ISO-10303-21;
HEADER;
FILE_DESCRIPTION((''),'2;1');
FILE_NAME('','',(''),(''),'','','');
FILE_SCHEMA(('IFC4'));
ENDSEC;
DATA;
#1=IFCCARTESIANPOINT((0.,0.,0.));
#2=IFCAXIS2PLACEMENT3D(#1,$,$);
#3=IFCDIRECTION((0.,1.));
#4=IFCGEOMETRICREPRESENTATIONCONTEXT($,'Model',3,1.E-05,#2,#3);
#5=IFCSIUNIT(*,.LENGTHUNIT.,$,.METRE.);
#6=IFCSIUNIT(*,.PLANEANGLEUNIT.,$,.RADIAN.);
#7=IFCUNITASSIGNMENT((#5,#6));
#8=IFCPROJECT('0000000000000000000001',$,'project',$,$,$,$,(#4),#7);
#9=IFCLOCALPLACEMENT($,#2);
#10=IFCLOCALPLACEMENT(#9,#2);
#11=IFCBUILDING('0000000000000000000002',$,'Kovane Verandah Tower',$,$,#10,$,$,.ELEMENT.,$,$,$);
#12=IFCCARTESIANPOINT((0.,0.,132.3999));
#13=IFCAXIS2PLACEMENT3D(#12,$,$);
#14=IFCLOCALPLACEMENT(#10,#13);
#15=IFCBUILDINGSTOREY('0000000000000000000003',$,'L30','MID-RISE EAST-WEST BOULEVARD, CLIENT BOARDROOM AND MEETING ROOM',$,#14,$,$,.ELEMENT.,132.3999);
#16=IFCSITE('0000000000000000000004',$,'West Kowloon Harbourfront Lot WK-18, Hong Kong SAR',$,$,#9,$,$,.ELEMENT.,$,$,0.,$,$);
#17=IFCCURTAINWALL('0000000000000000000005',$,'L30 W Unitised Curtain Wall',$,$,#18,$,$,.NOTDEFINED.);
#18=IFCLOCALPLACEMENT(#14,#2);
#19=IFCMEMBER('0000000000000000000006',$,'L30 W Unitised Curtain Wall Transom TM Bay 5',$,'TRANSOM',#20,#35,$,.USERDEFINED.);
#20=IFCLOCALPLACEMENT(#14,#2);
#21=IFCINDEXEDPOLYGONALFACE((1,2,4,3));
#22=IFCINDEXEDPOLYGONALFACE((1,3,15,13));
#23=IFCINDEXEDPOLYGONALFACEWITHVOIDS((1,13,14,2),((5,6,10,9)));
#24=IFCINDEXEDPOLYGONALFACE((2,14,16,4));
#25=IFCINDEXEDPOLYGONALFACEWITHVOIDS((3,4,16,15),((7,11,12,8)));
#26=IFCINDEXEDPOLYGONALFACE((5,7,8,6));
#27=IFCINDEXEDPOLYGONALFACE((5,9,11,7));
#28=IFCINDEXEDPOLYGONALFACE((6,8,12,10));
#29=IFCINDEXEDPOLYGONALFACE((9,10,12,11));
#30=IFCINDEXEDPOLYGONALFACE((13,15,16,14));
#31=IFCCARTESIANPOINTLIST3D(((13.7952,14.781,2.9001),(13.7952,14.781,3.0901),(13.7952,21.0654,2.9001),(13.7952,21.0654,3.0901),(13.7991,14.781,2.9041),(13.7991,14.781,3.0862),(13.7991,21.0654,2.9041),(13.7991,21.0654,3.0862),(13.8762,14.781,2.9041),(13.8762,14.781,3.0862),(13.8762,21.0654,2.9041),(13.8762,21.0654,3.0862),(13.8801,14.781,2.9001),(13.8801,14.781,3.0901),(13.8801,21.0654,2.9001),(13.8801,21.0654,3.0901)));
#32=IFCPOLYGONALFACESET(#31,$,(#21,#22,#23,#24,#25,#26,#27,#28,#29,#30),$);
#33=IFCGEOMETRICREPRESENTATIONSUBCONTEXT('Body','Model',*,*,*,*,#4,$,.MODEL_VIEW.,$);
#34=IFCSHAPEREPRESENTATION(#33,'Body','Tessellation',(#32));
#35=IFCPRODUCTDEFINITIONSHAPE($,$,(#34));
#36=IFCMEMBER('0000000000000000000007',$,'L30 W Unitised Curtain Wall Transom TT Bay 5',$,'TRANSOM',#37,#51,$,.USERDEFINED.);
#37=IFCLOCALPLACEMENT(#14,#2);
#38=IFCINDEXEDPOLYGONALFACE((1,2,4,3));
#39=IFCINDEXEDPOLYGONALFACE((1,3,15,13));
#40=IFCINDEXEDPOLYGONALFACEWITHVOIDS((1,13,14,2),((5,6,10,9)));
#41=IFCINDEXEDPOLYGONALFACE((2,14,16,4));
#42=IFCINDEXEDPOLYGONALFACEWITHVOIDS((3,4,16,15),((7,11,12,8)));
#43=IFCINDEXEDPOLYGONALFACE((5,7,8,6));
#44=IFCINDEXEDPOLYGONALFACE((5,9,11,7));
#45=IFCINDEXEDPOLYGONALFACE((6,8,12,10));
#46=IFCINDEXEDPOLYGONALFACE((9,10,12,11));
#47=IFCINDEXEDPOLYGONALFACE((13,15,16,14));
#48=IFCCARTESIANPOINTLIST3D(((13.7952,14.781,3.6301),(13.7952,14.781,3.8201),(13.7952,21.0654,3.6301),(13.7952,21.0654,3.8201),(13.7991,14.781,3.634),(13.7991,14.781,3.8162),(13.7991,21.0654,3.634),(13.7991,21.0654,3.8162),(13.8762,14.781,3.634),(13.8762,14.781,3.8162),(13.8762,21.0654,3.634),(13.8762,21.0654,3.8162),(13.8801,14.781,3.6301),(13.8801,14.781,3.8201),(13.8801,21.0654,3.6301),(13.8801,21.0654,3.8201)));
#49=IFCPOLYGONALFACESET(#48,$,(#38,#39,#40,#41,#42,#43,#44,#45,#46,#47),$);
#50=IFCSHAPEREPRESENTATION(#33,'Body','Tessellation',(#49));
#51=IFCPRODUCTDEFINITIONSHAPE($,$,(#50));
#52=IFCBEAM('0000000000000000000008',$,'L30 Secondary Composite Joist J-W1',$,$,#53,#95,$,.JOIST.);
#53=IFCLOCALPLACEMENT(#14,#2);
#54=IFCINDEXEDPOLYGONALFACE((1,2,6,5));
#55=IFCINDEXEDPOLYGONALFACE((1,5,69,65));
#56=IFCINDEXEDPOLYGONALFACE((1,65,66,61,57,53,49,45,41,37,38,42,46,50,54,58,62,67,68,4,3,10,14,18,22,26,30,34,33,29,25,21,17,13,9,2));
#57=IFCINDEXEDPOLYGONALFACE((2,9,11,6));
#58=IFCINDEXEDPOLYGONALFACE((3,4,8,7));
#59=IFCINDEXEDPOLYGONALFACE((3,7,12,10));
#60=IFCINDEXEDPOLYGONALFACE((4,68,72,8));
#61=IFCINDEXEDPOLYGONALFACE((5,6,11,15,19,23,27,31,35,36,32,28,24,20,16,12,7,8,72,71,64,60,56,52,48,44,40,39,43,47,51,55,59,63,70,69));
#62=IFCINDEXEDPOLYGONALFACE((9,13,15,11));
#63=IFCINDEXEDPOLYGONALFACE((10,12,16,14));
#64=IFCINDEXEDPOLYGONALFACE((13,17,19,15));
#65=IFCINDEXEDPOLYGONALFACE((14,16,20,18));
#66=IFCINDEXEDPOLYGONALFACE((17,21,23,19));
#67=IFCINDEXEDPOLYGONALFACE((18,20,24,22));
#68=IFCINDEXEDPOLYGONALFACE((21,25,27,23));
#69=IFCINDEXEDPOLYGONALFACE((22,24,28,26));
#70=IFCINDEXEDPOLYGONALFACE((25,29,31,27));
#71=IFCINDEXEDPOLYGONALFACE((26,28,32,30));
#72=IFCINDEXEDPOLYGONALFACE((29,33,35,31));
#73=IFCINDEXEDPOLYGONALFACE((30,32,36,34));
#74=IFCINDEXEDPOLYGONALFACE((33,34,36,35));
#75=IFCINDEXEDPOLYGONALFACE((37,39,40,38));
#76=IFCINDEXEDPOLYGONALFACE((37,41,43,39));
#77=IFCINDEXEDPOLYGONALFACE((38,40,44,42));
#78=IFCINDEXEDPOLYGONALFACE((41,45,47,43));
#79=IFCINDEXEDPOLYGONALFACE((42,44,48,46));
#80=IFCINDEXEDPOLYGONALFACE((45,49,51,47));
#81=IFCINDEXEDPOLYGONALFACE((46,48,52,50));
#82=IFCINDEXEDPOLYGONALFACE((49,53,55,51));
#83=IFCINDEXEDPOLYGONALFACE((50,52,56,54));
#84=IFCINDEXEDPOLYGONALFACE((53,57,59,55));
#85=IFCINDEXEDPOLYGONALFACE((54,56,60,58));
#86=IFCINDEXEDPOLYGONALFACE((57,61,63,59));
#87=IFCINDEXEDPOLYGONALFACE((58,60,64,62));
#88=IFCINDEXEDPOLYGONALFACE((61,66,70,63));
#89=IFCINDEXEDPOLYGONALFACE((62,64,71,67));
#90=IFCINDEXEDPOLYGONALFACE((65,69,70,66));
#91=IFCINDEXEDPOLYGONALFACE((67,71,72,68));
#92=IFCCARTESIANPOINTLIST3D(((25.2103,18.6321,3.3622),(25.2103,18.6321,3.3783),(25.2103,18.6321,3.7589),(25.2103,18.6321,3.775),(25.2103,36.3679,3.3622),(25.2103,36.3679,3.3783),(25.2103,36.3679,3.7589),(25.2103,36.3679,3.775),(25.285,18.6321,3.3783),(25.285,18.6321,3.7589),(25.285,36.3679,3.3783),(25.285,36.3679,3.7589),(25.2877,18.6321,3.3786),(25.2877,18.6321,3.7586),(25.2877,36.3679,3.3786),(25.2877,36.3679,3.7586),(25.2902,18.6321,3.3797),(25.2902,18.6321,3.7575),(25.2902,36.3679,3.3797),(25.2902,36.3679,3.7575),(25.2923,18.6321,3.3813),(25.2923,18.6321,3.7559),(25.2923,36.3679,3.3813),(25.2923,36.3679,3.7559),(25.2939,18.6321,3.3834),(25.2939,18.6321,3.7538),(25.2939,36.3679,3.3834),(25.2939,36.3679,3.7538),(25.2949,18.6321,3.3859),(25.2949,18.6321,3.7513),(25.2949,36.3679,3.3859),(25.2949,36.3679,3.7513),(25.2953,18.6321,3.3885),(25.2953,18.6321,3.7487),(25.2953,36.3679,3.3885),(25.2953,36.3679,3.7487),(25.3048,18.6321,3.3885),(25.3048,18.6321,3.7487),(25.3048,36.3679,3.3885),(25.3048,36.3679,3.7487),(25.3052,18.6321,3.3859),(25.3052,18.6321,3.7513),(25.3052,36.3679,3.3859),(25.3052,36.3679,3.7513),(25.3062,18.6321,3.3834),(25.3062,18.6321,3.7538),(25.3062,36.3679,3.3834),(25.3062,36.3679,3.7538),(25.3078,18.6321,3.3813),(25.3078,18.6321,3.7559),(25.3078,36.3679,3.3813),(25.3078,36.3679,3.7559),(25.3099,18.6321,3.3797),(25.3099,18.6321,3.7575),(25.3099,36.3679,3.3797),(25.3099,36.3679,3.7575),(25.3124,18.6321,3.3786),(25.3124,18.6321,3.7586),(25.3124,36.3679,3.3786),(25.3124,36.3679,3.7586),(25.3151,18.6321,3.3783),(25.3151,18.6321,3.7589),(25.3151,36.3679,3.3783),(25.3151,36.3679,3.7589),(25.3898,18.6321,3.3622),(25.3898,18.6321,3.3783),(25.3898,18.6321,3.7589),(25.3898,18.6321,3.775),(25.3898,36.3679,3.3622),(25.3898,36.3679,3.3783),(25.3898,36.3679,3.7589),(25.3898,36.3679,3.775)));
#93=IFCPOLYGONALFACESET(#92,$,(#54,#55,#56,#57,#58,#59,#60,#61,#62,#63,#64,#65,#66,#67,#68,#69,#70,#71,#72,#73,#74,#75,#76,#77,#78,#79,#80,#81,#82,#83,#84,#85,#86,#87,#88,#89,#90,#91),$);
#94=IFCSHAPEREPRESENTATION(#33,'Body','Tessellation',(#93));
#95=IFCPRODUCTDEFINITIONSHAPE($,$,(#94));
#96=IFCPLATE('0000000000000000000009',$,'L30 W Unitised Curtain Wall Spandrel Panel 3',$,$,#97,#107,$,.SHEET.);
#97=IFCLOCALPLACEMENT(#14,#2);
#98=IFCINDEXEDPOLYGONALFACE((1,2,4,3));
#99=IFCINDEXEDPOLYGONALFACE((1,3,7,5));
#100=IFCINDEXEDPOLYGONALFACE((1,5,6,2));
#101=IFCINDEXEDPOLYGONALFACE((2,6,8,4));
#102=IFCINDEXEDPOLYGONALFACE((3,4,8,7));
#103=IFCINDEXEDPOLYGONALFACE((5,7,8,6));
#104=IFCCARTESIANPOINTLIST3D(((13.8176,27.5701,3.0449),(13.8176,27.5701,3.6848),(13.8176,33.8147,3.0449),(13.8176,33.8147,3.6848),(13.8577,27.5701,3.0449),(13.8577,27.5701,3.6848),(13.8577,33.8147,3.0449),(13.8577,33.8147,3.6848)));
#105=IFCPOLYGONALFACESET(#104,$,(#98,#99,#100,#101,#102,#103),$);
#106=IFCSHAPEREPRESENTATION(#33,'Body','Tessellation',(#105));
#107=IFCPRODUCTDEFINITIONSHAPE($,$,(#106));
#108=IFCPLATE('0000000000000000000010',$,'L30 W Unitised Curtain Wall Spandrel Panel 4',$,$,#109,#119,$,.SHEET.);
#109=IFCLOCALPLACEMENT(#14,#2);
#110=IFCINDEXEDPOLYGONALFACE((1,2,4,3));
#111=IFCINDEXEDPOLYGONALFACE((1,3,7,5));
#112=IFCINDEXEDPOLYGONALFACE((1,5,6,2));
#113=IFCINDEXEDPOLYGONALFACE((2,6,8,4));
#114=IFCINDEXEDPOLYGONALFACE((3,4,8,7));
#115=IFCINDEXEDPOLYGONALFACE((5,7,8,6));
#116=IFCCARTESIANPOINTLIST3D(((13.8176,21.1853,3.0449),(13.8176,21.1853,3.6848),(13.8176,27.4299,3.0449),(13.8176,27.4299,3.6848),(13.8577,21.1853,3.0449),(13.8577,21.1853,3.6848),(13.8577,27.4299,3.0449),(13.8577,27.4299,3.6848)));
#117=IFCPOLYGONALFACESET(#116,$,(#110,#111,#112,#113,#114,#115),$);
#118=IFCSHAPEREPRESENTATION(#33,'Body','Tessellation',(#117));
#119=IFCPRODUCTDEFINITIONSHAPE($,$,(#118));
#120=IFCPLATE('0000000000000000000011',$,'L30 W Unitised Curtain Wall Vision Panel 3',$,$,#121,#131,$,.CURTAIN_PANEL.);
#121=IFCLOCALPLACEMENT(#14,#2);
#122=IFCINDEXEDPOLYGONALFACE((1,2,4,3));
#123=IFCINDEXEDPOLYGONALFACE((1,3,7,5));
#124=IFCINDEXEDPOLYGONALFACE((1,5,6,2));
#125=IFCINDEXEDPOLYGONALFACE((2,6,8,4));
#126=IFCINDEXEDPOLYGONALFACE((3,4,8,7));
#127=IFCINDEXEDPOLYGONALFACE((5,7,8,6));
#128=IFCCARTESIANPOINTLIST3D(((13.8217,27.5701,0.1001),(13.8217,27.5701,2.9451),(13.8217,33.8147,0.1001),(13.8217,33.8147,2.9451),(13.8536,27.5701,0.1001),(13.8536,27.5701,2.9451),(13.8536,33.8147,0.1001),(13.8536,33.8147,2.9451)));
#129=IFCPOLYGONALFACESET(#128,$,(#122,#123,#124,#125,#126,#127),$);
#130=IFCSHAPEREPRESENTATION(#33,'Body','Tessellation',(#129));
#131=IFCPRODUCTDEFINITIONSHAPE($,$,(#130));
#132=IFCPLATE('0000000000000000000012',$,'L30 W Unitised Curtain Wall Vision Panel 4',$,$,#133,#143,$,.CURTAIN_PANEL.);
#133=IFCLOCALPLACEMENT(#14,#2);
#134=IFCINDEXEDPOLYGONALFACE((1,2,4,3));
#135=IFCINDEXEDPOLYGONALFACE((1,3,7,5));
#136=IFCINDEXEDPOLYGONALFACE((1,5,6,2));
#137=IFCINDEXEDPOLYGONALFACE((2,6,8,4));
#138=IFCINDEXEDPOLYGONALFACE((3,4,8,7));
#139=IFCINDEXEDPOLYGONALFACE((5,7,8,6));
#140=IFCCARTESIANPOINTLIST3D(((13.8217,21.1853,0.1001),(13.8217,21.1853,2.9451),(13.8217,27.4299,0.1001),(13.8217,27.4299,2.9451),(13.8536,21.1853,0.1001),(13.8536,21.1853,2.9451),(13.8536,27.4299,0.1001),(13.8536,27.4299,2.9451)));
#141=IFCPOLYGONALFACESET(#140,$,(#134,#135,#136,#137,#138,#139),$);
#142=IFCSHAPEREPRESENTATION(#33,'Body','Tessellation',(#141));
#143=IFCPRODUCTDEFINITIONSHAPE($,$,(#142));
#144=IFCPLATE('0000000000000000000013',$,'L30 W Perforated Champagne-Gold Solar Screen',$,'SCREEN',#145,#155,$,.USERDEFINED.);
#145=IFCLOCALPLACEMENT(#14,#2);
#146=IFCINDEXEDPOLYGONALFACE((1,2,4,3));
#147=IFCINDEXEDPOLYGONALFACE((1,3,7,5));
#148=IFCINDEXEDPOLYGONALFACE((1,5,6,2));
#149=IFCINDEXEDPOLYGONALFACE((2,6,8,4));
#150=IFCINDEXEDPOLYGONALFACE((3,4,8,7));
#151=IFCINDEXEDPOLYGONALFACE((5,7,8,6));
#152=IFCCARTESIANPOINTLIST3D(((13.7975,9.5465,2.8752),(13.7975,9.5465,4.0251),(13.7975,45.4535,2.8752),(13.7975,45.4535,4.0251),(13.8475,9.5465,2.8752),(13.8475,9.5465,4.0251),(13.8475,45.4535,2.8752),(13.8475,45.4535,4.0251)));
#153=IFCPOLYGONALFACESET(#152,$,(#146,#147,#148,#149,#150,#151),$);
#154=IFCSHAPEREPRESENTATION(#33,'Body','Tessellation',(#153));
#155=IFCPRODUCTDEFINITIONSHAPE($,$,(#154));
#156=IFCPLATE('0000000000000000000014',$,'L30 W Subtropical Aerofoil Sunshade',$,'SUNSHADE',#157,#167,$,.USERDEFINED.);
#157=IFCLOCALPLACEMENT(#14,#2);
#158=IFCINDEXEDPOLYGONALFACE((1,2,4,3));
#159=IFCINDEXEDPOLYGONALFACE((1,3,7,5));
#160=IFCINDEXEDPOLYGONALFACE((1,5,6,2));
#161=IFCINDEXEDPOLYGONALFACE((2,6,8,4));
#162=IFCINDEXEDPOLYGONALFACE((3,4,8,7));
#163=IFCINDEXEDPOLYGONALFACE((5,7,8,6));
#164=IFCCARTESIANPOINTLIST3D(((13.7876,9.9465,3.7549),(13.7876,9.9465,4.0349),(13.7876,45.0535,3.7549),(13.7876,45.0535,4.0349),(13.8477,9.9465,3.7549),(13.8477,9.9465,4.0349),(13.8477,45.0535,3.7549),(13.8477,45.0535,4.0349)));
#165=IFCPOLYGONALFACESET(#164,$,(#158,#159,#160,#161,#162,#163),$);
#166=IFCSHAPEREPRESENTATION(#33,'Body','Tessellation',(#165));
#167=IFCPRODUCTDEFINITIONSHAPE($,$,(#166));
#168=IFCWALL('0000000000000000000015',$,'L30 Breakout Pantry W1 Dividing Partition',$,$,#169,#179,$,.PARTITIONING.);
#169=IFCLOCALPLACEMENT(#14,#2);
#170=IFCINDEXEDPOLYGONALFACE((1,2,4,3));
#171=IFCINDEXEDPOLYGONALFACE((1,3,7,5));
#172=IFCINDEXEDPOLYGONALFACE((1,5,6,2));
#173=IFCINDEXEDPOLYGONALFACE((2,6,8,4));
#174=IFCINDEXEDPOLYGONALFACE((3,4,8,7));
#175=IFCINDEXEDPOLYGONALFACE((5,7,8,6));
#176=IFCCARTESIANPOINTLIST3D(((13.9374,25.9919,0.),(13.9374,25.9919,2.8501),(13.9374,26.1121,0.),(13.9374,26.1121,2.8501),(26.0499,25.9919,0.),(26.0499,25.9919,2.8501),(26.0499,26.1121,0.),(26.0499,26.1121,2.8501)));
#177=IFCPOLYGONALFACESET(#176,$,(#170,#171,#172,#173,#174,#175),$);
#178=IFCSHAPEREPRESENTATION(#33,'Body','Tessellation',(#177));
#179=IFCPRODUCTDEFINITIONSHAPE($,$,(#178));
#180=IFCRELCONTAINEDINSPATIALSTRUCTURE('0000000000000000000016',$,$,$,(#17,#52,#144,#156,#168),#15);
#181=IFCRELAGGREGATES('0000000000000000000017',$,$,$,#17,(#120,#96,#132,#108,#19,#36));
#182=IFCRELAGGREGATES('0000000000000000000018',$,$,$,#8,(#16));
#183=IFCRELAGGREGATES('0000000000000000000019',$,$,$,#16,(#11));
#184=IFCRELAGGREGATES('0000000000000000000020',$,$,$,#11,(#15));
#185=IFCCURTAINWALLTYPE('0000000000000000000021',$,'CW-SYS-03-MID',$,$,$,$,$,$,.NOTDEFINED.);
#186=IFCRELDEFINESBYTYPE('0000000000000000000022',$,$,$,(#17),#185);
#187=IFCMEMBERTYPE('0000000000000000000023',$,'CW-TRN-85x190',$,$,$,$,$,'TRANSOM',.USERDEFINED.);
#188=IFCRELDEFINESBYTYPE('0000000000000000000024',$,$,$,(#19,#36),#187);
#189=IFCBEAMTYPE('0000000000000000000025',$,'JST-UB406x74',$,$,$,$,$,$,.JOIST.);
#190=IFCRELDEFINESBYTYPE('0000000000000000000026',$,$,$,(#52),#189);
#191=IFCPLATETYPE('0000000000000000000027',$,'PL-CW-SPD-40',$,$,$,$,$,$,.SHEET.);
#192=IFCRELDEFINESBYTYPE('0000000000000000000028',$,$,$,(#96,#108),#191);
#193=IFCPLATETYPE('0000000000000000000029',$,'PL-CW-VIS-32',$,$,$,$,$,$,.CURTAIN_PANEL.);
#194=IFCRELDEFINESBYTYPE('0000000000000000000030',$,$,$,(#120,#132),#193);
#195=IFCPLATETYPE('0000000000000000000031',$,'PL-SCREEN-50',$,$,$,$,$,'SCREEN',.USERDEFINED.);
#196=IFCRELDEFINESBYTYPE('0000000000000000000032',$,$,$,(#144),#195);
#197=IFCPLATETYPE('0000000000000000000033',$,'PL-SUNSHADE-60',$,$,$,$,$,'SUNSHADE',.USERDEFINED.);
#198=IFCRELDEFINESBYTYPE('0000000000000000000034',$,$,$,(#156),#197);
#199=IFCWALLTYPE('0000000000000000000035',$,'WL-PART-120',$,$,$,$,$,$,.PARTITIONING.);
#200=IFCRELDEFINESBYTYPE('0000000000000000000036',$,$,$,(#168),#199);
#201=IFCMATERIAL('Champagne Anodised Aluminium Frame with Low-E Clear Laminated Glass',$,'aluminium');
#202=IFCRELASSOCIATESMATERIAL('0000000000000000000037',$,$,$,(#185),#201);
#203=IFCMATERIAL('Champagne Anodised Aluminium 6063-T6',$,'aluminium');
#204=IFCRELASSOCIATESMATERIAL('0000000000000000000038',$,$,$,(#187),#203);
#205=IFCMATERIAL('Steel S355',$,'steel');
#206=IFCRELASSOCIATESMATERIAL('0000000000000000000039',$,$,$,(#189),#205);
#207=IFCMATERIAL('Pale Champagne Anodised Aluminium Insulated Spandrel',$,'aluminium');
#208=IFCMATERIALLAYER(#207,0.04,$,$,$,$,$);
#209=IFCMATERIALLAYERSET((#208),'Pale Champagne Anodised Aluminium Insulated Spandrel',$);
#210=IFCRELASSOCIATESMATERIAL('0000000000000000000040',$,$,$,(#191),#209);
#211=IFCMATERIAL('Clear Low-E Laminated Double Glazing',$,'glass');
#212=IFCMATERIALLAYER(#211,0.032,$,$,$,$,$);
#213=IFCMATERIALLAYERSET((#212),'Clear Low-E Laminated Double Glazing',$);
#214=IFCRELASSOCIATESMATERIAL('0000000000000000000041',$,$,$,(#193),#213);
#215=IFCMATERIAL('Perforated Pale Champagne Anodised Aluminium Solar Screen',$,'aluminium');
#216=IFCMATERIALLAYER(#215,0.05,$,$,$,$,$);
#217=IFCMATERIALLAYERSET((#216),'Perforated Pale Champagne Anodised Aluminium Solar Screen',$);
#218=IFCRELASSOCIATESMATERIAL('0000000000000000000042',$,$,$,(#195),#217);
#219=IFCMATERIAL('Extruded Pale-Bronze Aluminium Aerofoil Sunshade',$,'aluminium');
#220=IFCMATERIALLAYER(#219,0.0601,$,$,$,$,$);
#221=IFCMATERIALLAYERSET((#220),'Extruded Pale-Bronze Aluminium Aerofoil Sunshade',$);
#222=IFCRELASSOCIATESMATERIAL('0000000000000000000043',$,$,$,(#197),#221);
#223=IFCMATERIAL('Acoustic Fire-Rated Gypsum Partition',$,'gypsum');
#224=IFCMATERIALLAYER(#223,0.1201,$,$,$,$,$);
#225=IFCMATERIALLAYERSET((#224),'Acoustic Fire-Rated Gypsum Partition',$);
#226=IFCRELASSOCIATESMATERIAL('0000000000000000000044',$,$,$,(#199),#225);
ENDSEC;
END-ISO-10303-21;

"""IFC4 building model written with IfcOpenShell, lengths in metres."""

from ifc_helpers import new_model, si_unit, direction, frame, frame_2d, origin, origin_2d, place, context, subcontext, project, spatial, rectangle, hollow_rectangle, i_section, extrude, material, layer, layer_set, material_profile, profile_set, type_object, element, aggregate, save


model = new_model("IFC4")

# Units and contexts
model_context = context("Model", 3, precision=1e-05, world=origin(), true_north=direction((0.0, 1.0)))
body_context = subcontext(model_context, "Body", "Model", "MODEL_VIEW")
ifc_project = project(units=[si_unit("LENGTHUNIT", "METRE"), si_unit("PLANEANGLEUNIT", "RADIAN")], contexts=[model_context])

# Site, building, storey
site_placement = place(None, origin())
site = spatial("IfcSite", under=ifc_project, at=site_placement, Name="West Kowloon Harbourfront Lot WK-18, Hong Kong SAR", CompositionType="ELEMENT", RefElevation=0.0)
building_placement = place(site_placement, origin())
building = spatial("IfcBuilding", under=site, at=building_placement, Name="Kovane Verandah Tower", CompositionType="ELEMENT")
storey_placement = place(building_placement, frame((0.0, 0.0, 132.3999)))
storey = spatial("IfcBuildingStorey", under=building, at=storey_placement, Name="L30", Description="MID-RISE EAST-WEST BOULEVARD, CLIENT BOARDROOM AND MEETING ROOM", CompositionType="ELEMENT", Elevation=132.3999)

# Shared definitions
ifc_material_1 = material(Name="Steel S355", Category="steel")

# Curtain wall, members
ifc_material_2 = material(Name="Champagne Anodised Aluminium Frame with Low-E Clear Laminated Glass", Category="aluminium")
curtain_wall_type = type_object("IfcCurtainWallType", Name="CW-SYS-03-MID", PredefinedType="NOTDEFINED", material=ifc_material_2)
curtain_wall_placement = place(storey_placement, origin())
curtain_wall = element("IfcCurtainWall", 1, at=curtain_wall_placement, inside=storey, type_object=curtain_wall_type, Name="L30 W Unitised Curtain Wall", PredefinedType="NOTDEFINED")
ifc_material_3 = material(Name="Champagne Anodised Aluminium 6063-T6", Category="aluminium")
ifc_material_profile_1 = material_profile(ifc_material_3, hollow_rectangle(XDim=0.085, YDim=0.1899, WallThickness=0.0039, at=origin_2d()), Name="AL85x190x4")
ifc_profile_set_1 = profile_set([ifc_material_profile_1], Name="Champagne Anodised Aluminium 6063-T6")
member_type_1 = type_object("IfcMemberType", Name="CW-TRN-85x190", ElementType="TRANSOM", PredefinedType="USERDEFINED", material=ifc_profile_set_1)
member_1_placement = place(storey_placement, frame((13.8376, 21.0654, 2.9951), z_axis=(0.0, -1.0, 0.0), x_axis=(1.0, 0.0, 0.0)))
member_1 = element("IfcMember", 2, at=member_1_placement, type_object=member_type_1, Name="L30 W Unitised Curtain Wall Transom TM Bay 5", ObjectType="TRANSOM", PredefinedType="USERDEFINED", context=body_context, shape_type="SweptSolid", body=[
    extrude(hollow_rectangle(XDim=0.085, YDim=0.1899, WallThickness=0.0039, at=origin_2d()), origin(), (0.0, 0.0, 1.0), 6.2844),
])
member_2_placement = place(storey_placement, frame((13.8376, 21.0654, 3.7251), z_axis=(0.0, -1.0, 0.0), x_axis=(1.0, 0.0, 0.0)))
member_2 = element("IfcMember", 3, at=member_2_placement, type_object=member_type_1, Name="L30 W Unitised Curtain Wall Transom TT Bay 5", ObjectType="TRANSOM", PredefinedType="USERDEFINED", context=body_context, shape_type="SweptSolid", body=[
    extrude(hollow_rectangle(XDim=0.085, YDim=0.1899, WallThickness=0.0039, at=origin_2d()), origin(), (0.0, 0.0, 1.0), 6.2844),
])

# Beam
ifc_material_profile_2 = material_profile(ifc_material_1, i_section(OverallWidth=0.1794, OverallDepth=0.4128, WebThickness=0.0095, FlangeThickness=0.0161, FilletRadius=0.0103, at=origin_2d()), Name="UB406x178x74")
ifc_profile_set_2 = profile_set([ifc_material_profile_2], Name="Steel S355")
beam_type_1 = type_object("IfcBeamType", Name="JST-UB406x74", PredefinedType="JOIST", material=ifc_profile_set_2)
beam_1_placement = place(storey_placement, frame((25.3, 18.6321, 3.5686), z_axis=(0.0, 1.0, 0.0), x_axis=(-1.0, 0.0, 0.0)))
element("IfcBeam", 4, at=beam_1_placement, inside=storey, type_object=beam_type_1, Name="L30 Secondary Composite Joist J-W1", PredefinedType="JOIST", context=body_context, shape_type="SweptSolid", body=[
    extrude(i_section(OverallWidth=0.1794, OverallDepth=0.4128, WebThickness=0.0095, FlangeThickness=0.0161, FilletRadius=0.0103, at=origin_2d()), origin(), (0.0, 0.0, 1.0), 17.7358),
])

# Plates
ifc_material_4 = material(Name="Pale Champagne Anodised Aluminium Insulated Spandrel", Category="aluminium")
ifc_layer_1 = layer(ifc_material_4, 0.04)
ifc_layer_set_1 = layer_set([ifc_layer_1], Name="Pale Champagne Anodised Aluminium Insulated Spandrel")
plate_type_1 = type_object("IfcPlateType", Name="PL-CW-SPD-40", PredefinedType="SHEET", material=ifc_layer_set_1)
plate_1_placement = place(storey_placement, frame((13.8376, 30.6924, 3.0449), z_axis=(0.0, 0.0, 1.0), x_axis=(0.0, -1.0, 0.0)))
plate_1 = element("IfcPlate", 5, at=plate_1_placement, type_object=plate_type_1, Name="L30 W Unitised Curtain Wall Spandrel Panel 3", PredefinedType="SHEET", context=body_context, shape_type="SweptSolid", body=[
    extrude(rectangle(XDim=6.2446, YDim=0.04, at=origin_2d()), origin(), (0.0, 0.0, 1.0), 0.6399),
])
plate_2_placement = place(storey_placement, frame((13.8376, 24.3076, 3.0449), z_axis=(0.0, 0.0, 1.0), x_axis=(0.0, -1.0, 0.0)))
plate_2 = element("IfcPlate", 6, at=plate_2_placement, type_object=plate_type_1, Name="L30 W Unitised Curtain Wall Spandrel Panel 4", PredefinedType="SHEET", context=body_context, shape_type="SweptSolid", body=[
    extrude(rectangle(XDim=6.2446, YDim=0.04, at=origin_2d()), origin(), (0.0, 0.0, 1.0), 0.6399),
])
ifc_material_5 = material(Name="Clear Low-E Laminated Double Glazing", Category="glass")
ifc_layer_2 = layer(ifc_material_5, 0.032)
ifc_layer_set_2 = layer_set([ifc_layer_2], Name="Clear Low-E Laminated Double Glazing")
plate_type_2 = type_object("IfcPlateType", Name="PL-CW-VIS-32", PredefinedType="CURTAIN_PANEL", material=ifc_layer_set_2)
plate_3_placement = place(storey_placement, frame((13.8376, 30.6924, 0.1001), z_axis=(0.0, 0.0, 1.0), x_axis=(0.0, -1.0, 0.0)))
plate_3 = element("IfcPlate", 7, at=plate_3_placement, type_object=plate_type_2, Name="L30 W Unitised Curtain Wall Vision Panel 3", PredefinedType="CURTAIN_PANEL", context=body_context, shape_type="SweptSolid", body=[
    extrude(rectangle(XDim=6.2446, YDim=0.032, at=origin_2d()), origin(), (0.0, 0.0, 1.0), 2.845),
])
plate_4_placement = place(storey_placement, frame((13.8376, 24.3076, 0.1001), z_axis=(0.0, 0.0, 1.0), x_axis=(0.0, -1.0, 0.0)))
plate_4 = element("IfcPlate", 8, at=plate_4_placement, type_object=plate_type_2, Name="L30 W Unitised Curtain Wall Vision Panel 4", PredefinedType="CURTAIN_PANEL", context=body_context, shape_type="SweptSolid", body=[
    extrude(rectangle(XDim=6.2446, YDim=0.032, at=origin_2d()), origin(), (0.0, 0.0, 1.0), 2.845),
])
aggregate(curtain_wall, [plate_3, plate_1, plate_4, plate_2, member_1, member_2])

# Plates
ifc_material_6 = material(Name="Perforated Pale Champagne Anodised Aluminium Solar Screen", Category="aluminium")
ifc_layer_3 = layer(ifc_material_6, 0.05)
ifc_layer_set_3 = layer_set([ifc_layer_3], Name="Perforated Pale Champagne Anodised Aluminium Solar Screen")
plate_type_3 = type_object("IfcPlateType", Name="PL-SCREEN-50", ElementType="SCREEN", PredefinedType="USERDEFINED", material=ifc_layer_set_3)
plate_5_placement = place(storey_placement, frame((13.8225, 27.5, 2.8752), z_axis=(0.0, 0.0, 1.0), x_axis=(0.0, -1.0, 0.0)))
element("IfcPlate", 9, at=plate_5_placement, inside=storey, type_object=plate_type_3, Name="L30 W Perforated Champagne-Gold Solar Screen", ObjectType="SCREEN", PredefinedType="USERDEFINED", context=body_context, shape_type="SweptSolid", body=[
    extrude(rectangle(XDim=35.907, YDim=0.05, at=origin_2d()), origin(), (0.0, 0.0, 1.0), 1.1499),
])
ifc_material_7 = material(Name="Extruded Pale-Bronze Aluminium Aerofoil Sunshade", Category="aluminium")
ifc_layer_4 = layer(ifc_material_7, 0.0601)
ifc_layer_set_4 = layer_set([ifc_layer_4], Name="Extruded Pale-Bronze Aluminium Aerofoil Sunshade")
plate_type_4 = type_object("IfcPlateType", Name="PL-SUNSHADE-60", ElementType="SUNSHADE", PredefinedType="USERDEFINED", material=ifc_layer_set_4)
plate_6_placement = place(storey_placement, frame((13.8176, 27.5, 3.7549), z_axis=(0.0, 0.0, 1.0), x_axis=(0.0, -1.0, 0.0)))
element("IfcPlate", 10, at=plate_6_placement, inside=storey, type_object=plate_type_4, Name="L30 W Subtropical Aerofoil Sunshade", ObjectType="SUNSHADE", PredefinedType="USERDEFINED", context=body_context, shape_type="SweptSolid", body=[
    extrude(rectangle(XDim=35.1069, YDim=0.0601, at=origin_2d()), origin(), (0.0, 0.0, 1.0), 0.28),
])

# Wall
ifc_material_8 = material(Name="Acoustic Fire-Rated Gypsum Partition", Category="gypsum")
ifc_layer_5 = layer(ifc_material_8, 0.1201)
ifc_layer_set_5 = layer_set([ifc_layer_5], Name="Acoustic Fire-Rated Gypsum Partition")
wall_type = type_object("IfcWallType", Name="WL-PART-120", PredefinedType="PARTITIONING", material=ifc_layer_set_5)
wall_placement = place(storey_placement, frame((13.9375, 26.052, 0.0), z_axis=(0.0, 0.0, 1.0), x_axis=(1.0, 0.0, 0.0)))
element("IfcWall", 11, at=wall_placement, inside=storey, type_object=wall_type, Name="L30 Breakout Pantry W1 Dividing Partition", PredefinedType="PARTITIONING", context=body_context, shape_type="SweptSolid", body=[
    extrude(rectangle(XDim=12.1125, YDim=0.1201, at=frame_2d((6.0562, 0.0))), origin(), (0.0, 0.0, 1.0), 2.8501),
])

save(model, "model.ifc")
